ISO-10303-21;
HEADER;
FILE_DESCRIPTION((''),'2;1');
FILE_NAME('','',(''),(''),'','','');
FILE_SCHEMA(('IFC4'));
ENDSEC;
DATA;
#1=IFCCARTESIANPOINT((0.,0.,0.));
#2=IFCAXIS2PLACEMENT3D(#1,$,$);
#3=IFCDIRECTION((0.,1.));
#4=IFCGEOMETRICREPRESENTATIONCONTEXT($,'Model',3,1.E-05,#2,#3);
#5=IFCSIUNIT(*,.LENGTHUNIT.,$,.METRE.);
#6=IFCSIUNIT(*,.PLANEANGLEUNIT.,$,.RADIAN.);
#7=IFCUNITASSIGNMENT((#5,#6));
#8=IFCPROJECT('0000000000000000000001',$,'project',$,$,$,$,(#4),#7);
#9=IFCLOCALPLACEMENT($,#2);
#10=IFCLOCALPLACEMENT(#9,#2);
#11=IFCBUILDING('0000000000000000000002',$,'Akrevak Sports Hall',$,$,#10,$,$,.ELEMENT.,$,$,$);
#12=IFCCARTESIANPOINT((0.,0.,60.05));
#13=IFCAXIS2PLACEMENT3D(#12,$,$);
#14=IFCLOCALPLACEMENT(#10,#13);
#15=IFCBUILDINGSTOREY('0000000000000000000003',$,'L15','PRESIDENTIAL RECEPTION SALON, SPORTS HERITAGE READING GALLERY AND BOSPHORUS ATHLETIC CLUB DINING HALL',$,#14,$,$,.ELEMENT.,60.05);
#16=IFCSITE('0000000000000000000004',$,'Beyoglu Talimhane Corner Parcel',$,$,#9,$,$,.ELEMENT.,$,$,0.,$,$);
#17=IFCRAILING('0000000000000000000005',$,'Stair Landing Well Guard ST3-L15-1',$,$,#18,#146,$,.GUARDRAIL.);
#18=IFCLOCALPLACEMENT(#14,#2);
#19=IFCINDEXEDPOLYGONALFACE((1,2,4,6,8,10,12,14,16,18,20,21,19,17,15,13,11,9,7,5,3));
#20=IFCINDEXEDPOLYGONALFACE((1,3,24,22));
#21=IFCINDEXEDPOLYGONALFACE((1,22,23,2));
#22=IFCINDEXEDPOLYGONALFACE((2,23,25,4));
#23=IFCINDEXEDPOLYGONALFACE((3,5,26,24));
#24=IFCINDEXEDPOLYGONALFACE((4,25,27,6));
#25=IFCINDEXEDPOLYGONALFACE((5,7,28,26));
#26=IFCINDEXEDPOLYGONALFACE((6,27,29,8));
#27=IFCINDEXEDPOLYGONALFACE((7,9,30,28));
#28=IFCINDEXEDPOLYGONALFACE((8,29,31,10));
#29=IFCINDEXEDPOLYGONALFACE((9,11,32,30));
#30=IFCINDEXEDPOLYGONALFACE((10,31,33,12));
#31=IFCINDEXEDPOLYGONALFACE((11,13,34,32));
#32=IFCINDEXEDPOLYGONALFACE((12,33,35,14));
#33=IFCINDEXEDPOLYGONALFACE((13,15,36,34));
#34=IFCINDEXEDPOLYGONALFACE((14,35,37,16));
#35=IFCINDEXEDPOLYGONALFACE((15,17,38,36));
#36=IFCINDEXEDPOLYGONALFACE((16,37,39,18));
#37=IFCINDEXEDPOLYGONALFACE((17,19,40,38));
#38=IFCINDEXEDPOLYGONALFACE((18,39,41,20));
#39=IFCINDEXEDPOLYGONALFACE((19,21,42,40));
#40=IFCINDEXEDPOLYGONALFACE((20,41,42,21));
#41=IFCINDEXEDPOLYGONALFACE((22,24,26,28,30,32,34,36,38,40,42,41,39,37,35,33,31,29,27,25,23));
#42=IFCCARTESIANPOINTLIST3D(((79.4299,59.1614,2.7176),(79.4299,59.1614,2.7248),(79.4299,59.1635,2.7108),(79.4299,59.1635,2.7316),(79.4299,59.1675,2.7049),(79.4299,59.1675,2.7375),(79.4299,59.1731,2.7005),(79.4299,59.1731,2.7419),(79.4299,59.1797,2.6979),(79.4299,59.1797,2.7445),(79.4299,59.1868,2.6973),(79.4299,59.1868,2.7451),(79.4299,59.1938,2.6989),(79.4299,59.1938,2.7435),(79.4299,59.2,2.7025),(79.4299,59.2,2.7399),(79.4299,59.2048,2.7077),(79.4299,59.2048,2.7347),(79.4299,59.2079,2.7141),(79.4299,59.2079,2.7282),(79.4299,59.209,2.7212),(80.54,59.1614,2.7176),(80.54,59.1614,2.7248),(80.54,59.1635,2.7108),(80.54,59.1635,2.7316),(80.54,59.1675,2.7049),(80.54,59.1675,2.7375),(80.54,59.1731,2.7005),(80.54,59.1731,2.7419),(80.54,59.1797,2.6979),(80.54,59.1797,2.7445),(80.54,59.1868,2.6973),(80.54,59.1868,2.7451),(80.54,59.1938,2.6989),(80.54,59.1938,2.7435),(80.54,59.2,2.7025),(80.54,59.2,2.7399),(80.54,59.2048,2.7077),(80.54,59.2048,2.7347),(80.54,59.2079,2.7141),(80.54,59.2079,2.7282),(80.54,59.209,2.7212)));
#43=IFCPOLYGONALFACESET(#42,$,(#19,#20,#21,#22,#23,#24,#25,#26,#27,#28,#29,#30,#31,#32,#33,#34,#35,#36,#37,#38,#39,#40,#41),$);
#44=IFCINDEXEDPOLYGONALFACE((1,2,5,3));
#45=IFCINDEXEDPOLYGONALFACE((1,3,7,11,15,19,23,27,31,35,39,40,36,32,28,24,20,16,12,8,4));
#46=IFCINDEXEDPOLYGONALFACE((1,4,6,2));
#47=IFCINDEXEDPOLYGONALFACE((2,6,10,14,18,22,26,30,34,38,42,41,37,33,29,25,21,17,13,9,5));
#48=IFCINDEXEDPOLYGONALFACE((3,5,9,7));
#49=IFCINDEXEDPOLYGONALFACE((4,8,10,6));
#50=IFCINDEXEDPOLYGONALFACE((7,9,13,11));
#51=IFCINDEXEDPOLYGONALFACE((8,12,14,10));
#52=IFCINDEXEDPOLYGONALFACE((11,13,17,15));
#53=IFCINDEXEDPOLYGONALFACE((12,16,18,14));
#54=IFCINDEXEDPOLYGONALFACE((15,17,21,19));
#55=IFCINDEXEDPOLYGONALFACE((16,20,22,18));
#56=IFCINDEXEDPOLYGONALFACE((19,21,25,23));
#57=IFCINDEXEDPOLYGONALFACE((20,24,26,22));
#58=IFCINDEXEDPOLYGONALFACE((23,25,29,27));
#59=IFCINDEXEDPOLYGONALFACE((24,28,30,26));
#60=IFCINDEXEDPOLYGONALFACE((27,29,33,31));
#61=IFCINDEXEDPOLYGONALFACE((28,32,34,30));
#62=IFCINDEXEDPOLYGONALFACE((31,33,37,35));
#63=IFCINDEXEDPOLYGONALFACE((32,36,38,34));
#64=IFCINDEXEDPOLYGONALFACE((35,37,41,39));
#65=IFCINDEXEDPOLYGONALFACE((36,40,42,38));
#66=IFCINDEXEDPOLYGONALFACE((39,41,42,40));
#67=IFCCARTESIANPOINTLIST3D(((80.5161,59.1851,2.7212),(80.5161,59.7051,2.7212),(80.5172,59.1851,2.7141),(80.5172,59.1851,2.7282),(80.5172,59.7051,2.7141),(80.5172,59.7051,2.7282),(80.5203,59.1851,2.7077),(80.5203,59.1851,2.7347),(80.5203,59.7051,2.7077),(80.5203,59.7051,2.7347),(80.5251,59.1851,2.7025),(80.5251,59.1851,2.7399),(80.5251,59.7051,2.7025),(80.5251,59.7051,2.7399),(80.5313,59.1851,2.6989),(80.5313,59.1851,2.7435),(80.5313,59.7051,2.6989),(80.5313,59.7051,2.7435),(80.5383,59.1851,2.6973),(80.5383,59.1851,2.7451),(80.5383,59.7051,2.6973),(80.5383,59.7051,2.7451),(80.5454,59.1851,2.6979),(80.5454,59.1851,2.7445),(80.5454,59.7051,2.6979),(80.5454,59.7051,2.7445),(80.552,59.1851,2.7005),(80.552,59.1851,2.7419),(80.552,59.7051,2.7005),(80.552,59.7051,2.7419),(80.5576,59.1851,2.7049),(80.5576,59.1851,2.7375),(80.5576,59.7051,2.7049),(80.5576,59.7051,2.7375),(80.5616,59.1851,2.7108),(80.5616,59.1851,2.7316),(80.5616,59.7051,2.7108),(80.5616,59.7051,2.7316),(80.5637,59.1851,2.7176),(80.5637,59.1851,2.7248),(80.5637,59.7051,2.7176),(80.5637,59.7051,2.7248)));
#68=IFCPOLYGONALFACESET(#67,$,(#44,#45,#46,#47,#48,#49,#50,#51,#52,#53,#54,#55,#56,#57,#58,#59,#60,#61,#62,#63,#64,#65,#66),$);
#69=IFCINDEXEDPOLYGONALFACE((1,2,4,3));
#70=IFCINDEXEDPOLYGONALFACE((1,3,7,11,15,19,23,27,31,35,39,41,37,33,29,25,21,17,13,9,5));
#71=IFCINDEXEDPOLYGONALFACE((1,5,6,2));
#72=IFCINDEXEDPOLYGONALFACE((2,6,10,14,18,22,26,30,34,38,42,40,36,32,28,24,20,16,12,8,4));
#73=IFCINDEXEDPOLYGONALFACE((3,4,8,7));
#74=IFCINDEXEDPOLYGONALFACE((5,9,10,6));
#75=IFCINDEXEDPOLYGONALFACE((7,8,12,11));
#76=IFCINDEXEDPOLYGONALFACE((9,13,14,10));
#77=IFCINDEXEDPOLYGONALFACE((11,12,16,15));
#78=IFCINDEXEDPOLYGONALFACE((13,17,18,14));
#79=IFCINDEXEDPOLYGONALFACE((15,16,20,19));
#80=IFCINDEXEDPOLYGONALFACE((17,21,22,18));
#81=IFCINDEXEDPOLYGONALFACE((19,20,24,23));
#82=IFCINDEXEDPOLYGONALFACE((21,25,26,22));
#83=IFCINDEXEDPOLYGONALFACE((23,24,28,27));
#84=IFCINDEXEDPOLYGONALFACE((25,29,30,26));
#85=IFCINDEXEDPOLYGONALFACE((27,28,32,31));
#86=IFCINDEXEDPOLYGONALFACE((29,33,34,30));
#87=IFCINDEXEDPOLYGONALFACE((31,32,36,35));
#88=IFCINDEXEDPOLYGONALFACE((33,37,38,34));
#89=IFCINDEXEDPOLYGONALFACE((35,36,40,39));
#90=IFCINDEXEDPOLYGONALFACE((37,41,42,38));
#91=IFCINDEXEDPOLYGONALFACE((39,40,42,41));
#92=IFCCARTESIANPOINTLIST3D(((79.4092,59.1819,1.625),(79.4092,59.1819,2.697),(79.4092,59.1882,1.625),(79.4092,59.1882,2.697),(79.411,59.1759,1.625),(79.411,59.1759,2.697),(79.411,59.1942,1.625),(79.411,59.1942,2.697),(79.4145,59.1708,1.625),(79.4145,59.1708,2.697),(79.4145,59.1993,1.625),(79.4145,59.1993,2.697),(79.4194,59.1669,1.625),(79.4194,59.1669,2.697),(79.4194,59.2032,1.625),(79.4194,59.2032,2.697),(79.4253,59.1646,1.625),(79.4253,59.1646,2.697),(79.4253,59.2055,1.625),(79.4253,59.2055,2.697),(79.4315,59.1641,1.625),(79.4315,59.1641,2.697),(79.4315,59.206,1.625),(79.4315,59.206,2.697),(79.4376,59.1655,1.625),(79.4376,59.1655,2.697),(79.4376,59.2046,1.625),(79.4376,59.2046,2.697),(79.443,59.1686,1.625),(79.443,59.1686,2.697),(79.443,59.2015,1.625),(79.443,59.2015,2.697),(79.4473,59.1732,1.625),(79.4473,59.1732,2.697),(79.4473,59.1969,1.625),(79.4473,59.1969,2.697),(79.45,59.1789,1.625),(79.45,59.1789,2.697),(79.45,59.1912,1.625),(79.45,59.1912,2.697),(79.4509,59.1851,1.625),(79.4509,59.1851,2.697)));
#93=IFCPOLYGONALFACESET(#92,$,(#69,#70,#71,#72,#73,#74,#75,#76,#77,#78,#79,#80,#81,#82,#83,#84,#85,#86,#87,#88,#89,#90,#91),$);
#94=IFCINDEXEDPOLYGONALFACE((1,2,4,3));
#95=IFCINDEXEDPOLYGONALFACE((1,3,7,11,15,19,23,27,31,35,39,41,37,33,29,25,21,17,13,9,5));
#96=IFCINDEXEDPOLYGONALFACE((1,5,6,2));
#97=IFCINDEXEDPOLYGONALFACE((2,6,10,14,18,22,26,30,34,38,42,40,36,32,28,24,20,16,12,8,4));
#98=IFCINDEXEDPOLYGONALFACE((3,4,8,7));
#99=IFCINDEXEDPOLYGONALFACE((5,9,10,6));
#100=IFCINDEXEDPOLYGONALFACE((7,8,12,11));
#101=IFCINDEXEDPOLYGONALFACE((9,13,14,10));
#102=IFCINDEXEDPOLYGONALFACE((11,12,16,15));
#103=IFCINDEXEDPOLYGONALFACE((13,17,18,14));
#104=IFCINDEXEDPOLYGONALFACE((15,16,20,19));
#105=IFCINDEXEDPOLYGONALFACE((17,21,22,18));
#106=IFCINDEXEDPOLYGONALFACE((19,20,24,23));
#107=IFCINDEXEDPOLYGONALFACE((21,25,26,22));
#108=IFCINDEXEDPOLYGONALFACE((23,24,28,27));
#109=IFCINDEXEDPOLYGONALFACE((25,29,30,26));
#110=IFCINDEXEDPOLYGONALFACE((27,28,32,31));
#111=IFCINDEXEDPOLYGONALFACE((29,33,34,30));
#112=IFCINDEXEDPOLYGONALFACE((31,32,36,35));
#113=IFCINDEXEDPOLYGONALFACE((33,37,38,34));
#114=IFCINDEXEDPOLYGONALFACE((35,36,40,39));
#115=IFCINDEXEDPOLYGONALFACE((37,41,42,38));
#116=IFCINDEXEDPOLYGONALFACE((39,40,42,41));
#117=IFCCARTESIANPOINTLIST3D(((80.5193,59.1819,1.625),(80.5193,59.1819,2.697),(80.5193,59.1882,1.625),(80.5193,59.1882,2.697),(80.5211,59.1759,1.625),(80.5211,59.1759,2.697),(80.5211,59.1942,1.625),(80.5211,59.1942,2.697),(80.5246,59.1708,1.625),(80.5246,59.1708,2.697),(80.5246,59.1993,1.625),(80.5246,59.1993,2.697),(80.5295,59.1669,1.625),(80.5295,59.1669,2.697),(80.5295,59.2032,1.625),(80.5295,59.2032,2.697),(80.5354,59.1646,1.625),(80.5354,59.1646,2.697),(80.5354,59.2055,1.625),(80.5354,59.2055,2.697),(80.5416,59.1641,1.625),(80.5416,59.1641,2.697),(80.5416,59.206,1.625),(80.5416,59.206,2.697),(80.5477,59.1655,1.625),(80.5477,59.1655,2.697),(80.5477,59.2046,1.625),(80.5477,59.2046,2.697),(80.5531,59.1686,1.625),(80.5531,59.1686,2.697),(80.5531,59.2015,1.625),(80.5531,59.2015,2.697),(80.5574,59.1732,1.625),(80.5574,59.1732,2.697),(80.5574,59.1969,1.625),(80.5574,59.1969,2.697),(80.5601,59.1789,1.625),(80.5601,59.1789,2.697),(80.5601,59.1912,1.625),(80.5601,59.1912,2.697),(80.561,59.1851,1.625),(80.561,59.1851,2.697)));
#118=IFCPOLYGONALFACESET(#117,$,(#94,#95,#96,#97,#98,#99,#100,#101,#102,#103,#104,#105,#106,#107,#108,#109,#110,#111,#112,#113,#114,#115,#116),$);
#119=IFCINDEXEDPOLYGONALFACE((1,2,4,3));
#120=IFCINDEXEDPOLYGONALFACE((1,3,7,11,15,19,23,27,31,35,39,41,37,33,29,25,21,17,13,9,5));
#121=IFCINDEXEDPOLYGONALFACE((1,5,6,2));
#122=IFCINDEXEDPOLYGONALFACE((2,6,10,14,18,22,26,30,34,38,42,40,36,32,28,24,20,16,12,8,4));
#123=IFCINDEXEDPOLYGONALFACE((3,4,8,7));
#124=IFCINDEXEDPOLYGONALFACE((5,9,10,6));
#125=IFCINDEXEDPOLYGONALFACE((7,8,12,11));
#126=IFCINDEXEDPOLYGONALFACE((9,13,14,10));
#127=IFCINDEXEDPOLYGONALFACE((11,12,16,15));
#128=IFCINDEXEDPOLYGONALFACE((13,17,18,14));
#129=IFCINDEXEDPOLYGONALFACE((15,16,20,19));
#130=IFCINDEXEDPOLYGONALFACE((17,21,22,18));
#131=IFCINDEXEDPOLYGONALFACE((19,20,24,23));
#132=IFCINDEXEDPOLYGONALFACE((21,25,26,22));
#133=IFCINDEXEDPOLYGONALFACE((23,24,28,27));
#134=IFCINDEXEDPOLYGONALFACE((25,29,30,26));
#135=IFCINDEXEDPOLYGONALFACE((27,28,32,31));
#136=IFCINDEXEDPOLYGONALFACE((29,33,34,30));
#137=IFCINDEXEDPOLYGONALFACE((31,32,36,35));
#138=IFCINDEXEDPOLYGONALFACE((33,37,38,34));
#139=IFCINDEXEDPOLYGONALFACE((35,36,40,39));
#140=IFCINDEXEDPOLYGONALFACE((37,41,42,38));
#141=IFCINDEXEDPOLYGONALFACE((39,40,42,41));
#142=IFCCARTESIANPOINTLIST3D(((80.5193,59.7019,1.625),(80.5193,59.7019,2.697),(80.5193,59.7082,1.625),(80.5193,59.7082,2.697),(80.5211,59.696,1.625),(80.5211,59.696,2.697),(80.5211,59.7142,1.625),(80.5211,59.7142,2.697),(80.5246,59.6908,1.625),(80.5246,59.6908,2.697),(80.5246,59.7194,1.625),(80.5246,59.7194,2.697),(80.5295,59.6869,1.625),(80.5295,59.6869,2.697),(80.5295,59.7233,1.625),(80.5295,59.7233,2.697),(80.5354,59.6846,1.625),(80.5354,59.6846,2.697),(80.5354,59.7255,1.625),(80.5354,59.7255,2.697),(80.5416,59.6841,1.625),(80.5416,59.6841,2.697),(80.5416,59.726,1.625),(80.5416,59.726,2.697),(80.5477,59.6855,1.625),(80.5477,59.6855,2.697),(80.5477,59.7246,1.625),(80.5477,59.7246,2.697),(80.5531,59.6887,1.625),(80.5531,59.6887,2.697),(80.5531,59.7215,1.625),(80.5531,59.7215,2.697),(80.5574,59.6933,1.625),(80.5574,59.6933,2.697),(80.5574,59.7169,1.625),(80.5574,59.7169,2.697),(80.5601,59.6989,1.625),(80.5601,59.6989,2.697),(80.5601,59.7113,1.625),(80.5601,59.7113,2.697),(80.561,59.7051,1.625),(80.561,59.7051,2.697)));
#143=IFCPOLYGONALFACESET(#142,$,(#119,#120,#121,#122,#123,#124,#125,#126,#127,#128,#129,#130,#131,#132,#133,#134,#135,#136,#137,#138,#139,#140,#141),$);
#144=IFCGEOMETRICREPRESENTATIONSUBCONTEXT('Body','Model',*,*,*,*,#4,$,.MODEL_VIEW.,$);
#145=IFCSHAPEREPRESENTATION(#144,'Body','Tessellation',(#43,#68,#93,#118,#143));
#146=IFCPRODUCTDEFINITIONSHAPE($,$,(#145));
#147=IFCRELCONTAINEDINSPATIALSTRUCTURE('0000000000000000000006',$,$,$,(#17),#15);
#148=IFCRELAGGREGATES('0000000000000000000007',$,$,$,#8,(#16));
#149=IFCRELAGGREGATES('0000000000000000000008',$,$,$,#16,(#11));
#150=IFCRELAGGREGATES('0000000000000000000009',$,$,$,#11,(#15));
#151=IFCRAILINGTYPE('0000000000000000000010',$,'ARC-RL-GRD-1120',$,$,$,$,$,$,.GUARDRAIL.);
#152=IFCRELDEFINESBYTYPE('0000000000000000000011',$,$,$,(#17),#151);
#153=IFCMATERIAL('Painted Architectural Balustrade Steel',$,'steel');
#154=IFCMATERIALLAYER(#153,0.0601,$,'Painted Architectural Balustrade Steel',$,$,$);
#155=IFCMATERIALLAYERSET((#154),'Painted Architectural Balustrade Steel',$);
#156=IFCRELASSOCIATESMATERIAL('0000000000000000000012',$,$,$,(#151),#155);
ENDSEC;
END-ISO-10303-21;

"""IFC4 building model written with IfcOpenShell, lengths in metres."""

from ifc_helpers import new_model, si_unit, direction, frame, origin, origin_2d, place, context, subcontext, project, spatial, circle, extrude, material, layer, layer_set, type_object, element, save


model = new_model("IFC4")

# Units and contexts
model_context = context("Model", 3, precision=1e-05, world=origin(), true_north=direction((0.0, 1.0)))
body_context = subcontext(model_context, "Body", "Model", "MODEL_VIEW")
ifc_project = project(units=[si_unit("LENGTHUNIT", "METRE"), si_unit("PLANEANGLEUNIT", "RADIAN")], contexts=[model_context])

# Site, building, storey
site_placement = place(None, origin())
site = spatial("IfcSite", under=ifc_project, at=site_placement, Name="Beyoglu Talimhane Corner Parcel", CompositionType="ELEMENT", RefElevation=0.0)
building_placement = place(site_placement, origin())
building = spatial("IfcBuilding", under=site, at=building_placement, Name="Akrevak Sports Hall", CompositionType="ELEMENT")
storey_placement = place(building_placement, frame((0.0, 0.0, 60.05)))
storey = spatial("IfcBuildingStorey", under=building, at=storey_placement, Name="L15", Description="PRESIDENTIAL RECEPTION SALON, SPORTS HERITAGE READING GALLERY AND BOSPHORUS ATHLETIC CLUB DINING HALL", CompositionType="ELEMENT", Elevation=60.05)

# Railing
ifc_material_1 = material(Name="Painted Architectural Balustrade Steel", Category="steel")
ifc_layer_1 = layer(ifc_material_1, 0.0601, Name="Painted Architectural Balustrade Steel")
ifc_layer_set_1 = layer_set([ifc_layer_1], Name="Painted Architectural Balustrade Steel")
railing_type_1 = type_object("IfcRailingType", Name="ARC-RL-GRD-1120", PredefinedType="GUARDRAIL", material=ifc_layer_set_1)
railing_1_placement = place(storey_placement, frame((79.4299, 59.1851, 1.625)))
element("IfcRailing", 1, at=railing_1_placement, inside=storey, type_object=railing_type_1, Name="Stair Landing Well Guard ST3-L15-1", PredefinedType="GUARDRAIL", context=body_context, shape_type="SweptSolid", body=[
    extrude(circle(Radius=0.0239, at=origin_2d()), frame((0.0, 0.0, 1.0962), z_axis=(1.0, 0.0, 0.0), x_axis=(0.0, 1.0, 0.0)), (0.0, 0.0, 1.0), 1.1101),
    extrude(circle(Radius=0.0239, at=origin_2d()), frame((1.1101, 0.0, 1.0962), z_axis=(0.0, 1.0, 0.0), x_axis=(-1.0, 0.0, 0.0)), (0.0, 0.0, 1.0), 0.52),
    extrude(circle(Radius=0.021, at=origin_2d()), origin(), (0.0, 0.0, 1.0), 1.072),
    extrude(circle(Radius=0.021, at=origin_2d()), frame((1.1101, 0.0, 0.0)), (0.0, 0.0, 1.0), 1.072),
    extrude(circle(Radius=0.021, at=origin_2d()), frame((1.1101, 0.52, 0.0)), (0.0, 0.0, 1.0), 1.072),
])

save(model, "model.ifc")
